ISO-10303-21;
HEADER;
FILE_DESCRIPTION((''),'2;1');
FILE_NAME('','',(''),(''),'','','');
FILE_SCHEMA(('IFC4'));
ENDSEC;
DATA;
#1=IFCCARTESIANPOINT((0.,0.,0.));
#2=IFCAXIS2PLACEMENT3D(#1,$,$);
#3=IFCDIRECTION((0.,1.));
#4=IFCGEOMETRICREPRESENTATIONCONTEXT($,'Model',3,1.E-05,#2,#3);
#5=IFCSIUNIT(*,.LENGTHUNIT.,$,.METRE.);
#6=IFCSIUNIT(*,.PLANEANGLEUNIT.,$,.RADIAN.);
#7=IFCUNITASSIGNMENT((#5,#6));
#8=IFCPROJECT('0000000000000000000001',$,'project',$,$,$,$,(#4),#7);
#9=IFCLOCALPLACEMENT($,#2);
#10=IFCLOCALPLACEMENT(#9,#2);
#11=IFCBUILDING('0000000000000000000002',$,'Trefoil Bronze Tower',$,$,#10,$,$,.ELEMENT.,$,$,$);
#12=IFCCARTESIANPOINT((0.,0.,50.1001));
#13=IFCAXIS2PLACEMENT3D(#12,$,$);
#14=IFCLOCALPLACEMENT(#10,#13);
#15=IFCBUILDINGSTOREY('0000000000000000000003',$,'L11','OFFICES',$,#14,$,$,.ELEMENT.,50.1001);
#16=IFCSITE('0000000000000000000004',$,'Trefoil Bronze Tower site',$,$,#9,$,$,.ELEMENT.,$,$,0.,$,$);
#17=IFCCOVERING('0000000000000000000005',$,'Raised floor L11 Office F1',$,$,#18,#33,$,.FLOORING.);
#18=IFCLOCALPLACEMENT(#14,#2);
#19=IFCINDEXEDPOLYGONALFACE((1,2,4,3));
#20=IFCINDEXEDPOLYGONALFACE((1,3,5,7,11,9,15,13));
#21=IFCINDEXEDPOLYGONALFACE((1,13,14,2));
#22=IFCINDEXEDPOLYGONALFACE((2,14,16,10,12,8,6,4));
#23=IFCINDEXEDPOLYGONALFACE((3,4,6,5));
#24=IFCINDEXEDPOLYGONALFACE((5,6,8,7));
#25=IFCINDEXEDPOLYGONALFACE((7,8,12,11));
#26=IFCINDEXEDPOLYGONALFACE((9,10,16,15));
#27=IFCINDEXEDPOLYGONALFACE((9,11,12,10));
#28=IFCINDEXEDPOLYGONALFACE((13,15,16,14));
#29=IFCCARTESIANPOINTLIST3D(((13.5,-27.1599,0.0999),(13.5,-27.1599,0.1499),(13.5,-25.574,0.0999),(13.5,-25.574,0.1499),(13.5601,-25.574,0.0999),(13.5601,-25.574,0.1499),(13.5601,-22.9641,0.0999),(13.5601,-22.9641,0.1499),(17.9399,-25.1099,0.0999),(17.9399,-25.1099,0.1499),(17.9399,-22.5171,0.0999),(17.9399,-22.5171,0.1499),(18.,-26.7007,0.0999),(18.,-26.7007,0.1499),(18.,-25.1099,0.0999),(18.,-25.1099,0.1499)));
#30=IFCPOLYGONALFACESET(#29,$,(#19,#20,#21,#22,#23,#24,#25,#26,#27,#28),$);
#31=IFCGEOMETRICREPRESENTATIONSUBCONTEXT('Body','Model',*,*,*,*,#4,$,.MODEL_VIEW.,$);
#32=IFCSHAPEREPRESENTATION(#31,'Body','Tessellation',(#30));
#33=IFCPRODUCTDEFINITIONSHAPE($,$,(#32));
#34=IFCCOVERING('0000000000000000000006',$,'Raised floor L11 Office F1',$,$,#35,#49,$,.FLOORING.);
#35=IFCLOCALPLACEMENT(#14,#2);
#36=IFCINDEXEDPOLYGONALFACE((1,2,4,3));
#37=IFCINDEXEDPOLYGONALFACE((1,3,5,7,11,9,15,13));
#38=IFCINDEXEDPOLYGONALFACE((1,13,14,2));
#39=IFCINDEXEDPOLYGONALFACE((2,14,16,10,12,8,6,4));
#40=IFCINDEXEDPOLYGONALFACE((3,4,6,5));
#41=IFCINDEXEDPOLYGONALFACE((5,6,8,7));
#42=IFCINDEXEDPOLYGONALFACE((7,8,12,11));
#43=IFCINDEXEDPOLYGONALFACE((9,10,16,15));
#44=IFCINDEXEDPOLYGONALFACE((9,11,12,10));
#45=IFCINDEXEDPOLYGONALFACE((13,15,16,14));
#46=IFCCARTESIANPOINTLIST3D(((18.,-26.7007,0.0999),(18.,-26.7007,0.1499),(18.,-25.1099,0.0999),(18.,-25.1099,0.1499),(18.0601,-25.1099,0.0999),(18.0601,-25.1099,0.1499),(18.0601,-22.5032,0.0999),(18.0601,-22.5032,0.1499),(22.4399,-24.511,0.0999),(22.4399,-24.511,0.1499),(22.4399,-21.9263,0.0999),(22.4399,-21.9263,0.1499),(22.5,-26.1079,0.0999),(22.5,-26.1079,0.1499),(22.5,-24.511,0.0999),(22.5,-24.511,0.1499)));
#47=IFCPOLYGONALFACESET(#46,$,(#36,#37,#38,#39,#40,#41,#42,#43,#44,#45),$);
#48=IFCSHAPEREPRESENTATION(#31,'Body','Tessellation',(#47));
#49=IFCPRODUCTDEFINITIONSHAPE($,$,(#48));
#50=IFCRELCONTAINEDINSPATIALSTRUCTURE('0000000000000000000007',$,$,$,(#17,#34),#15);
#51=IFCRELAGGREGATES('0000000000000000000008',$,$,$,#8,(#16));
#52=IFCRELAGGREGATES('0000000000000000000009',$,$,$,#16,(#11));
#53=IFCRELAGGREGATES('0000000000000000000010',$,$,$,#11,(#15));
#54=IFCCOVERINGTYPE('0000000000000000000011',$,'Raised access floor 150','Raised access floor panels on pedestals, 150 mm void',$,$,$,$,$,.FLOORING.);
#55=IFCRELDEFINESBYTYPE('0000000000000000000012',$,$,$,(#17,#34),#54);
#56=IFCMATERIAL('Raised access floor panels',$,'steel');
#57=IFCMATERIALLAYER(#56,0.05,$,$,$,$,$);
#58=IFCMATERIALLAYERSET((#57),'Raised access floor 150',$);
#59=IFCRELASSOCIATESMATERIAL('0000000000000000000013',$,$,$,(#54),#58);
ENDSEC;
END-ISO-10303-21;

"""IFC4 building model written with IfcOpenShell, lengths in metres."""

from ifc_helpers import new_model, si_unit, direction, frame, origin, place, context, subcontext, project, spatial, polyline, outline, extrude, material, layer, layer_set, type_object, element, save


model = new_model("IFC4")

# Units and contexts
model_context = context("Model", 3, precision=1e-05, world=origin(), true_north=direction((0.0, 1.0)))
body_context = subcontext(model_context, "Body", "Model", "MODEL_VIEW")
ifc_project = project(units=[si_unit("LENGTHUNIT", "METRE"), si_unit("PLANEANGLEUNIT", "RADIAN")], contexts=[model_context])

# Site, building, storey
site_placement = place(None, origin())
site = spatial("IfcSite", under=ifc_project, at=site_placement, Name="Trefoil Bronze Tower site", CompositionType="ELEMENT", RefElevation=0.0)
building_placement = place(site_placement, origin())
building = spatial("IfcBuilding", under=site, at=building_placement, Name="Trefoil Bronze Tower", CompositionType="ELEMENT")
storey_placement = place(building_placement, frame((0.0, 0.0, 50.1001)))
storey = spatial("IfcBuildingStorey", under=building, at=storey_placement, Name="L11", Description="OFFICES", CompositionType="ELEMENT", Elevation=50.1001)

# Coverings
ifc_material_1 = material(Name="Raised access floor panels", Category="steel")
ifc_layer_1 = layer(ifc_material_1, 0.05)
ifc_layer_set_1 = layer_set([ifc_layer_1], Name="Raised access floor 150")
covering_type = type_object("IfcCoveringType", Name="Raised access floor 150", Description="Raised access floor panels on pedestals, 150 mm void", PredefinedType="FLOORING", material=ifc_layer_set_1)
covering_1_placement = place(storey_placement, frame((0.0, 0.0, 0.0999)))
element("IfcCovering", 1, at=covering_1_placement, inside=storey, type_object=covering_type, Name="Raised floor L11 Office F1", PredefinedType="FLOORING", context=body_context, shape_type="SweptSolid", body=[
    extrude(outline(polyline([(18.0, -26.7007), (13.5, -27.1599), (13.5, -25.574), (13.5601, -25.574), (13.5601, -22.9641), (17.9399, -22.5171), (17.9399, -25.1099), (18.0, -25.1099), (18.0, -26.7007)])), origin(), (0.0, 0.0, 1.0), 0.05),
])
covering_2_placement = place(storey_placement, frame((0.0, 0.0, 0.0999)))
element("IfcCovering", 2, at=covering_2_placement, inside=storey, type_object=covering_type, Name="Raised floor L11 Office F1", PredefinedType="FLOORING", context=body_context, shape_type="SweptSolid", body=[
    extrude(outline(polyline([(22.5, -26.1079), (18.0, -26.7007), (18.0, -25.1099), (18.0601, -25.1099), (18.0601, -22.5032), (22.4399, -21.9263), (22.4399, -24.511), (22.5, -24.511), (22.5, -26.1079)])), origin(), (0.0, 0.0, 1.0), 0.05),
])

save(model, "model.ifc")
